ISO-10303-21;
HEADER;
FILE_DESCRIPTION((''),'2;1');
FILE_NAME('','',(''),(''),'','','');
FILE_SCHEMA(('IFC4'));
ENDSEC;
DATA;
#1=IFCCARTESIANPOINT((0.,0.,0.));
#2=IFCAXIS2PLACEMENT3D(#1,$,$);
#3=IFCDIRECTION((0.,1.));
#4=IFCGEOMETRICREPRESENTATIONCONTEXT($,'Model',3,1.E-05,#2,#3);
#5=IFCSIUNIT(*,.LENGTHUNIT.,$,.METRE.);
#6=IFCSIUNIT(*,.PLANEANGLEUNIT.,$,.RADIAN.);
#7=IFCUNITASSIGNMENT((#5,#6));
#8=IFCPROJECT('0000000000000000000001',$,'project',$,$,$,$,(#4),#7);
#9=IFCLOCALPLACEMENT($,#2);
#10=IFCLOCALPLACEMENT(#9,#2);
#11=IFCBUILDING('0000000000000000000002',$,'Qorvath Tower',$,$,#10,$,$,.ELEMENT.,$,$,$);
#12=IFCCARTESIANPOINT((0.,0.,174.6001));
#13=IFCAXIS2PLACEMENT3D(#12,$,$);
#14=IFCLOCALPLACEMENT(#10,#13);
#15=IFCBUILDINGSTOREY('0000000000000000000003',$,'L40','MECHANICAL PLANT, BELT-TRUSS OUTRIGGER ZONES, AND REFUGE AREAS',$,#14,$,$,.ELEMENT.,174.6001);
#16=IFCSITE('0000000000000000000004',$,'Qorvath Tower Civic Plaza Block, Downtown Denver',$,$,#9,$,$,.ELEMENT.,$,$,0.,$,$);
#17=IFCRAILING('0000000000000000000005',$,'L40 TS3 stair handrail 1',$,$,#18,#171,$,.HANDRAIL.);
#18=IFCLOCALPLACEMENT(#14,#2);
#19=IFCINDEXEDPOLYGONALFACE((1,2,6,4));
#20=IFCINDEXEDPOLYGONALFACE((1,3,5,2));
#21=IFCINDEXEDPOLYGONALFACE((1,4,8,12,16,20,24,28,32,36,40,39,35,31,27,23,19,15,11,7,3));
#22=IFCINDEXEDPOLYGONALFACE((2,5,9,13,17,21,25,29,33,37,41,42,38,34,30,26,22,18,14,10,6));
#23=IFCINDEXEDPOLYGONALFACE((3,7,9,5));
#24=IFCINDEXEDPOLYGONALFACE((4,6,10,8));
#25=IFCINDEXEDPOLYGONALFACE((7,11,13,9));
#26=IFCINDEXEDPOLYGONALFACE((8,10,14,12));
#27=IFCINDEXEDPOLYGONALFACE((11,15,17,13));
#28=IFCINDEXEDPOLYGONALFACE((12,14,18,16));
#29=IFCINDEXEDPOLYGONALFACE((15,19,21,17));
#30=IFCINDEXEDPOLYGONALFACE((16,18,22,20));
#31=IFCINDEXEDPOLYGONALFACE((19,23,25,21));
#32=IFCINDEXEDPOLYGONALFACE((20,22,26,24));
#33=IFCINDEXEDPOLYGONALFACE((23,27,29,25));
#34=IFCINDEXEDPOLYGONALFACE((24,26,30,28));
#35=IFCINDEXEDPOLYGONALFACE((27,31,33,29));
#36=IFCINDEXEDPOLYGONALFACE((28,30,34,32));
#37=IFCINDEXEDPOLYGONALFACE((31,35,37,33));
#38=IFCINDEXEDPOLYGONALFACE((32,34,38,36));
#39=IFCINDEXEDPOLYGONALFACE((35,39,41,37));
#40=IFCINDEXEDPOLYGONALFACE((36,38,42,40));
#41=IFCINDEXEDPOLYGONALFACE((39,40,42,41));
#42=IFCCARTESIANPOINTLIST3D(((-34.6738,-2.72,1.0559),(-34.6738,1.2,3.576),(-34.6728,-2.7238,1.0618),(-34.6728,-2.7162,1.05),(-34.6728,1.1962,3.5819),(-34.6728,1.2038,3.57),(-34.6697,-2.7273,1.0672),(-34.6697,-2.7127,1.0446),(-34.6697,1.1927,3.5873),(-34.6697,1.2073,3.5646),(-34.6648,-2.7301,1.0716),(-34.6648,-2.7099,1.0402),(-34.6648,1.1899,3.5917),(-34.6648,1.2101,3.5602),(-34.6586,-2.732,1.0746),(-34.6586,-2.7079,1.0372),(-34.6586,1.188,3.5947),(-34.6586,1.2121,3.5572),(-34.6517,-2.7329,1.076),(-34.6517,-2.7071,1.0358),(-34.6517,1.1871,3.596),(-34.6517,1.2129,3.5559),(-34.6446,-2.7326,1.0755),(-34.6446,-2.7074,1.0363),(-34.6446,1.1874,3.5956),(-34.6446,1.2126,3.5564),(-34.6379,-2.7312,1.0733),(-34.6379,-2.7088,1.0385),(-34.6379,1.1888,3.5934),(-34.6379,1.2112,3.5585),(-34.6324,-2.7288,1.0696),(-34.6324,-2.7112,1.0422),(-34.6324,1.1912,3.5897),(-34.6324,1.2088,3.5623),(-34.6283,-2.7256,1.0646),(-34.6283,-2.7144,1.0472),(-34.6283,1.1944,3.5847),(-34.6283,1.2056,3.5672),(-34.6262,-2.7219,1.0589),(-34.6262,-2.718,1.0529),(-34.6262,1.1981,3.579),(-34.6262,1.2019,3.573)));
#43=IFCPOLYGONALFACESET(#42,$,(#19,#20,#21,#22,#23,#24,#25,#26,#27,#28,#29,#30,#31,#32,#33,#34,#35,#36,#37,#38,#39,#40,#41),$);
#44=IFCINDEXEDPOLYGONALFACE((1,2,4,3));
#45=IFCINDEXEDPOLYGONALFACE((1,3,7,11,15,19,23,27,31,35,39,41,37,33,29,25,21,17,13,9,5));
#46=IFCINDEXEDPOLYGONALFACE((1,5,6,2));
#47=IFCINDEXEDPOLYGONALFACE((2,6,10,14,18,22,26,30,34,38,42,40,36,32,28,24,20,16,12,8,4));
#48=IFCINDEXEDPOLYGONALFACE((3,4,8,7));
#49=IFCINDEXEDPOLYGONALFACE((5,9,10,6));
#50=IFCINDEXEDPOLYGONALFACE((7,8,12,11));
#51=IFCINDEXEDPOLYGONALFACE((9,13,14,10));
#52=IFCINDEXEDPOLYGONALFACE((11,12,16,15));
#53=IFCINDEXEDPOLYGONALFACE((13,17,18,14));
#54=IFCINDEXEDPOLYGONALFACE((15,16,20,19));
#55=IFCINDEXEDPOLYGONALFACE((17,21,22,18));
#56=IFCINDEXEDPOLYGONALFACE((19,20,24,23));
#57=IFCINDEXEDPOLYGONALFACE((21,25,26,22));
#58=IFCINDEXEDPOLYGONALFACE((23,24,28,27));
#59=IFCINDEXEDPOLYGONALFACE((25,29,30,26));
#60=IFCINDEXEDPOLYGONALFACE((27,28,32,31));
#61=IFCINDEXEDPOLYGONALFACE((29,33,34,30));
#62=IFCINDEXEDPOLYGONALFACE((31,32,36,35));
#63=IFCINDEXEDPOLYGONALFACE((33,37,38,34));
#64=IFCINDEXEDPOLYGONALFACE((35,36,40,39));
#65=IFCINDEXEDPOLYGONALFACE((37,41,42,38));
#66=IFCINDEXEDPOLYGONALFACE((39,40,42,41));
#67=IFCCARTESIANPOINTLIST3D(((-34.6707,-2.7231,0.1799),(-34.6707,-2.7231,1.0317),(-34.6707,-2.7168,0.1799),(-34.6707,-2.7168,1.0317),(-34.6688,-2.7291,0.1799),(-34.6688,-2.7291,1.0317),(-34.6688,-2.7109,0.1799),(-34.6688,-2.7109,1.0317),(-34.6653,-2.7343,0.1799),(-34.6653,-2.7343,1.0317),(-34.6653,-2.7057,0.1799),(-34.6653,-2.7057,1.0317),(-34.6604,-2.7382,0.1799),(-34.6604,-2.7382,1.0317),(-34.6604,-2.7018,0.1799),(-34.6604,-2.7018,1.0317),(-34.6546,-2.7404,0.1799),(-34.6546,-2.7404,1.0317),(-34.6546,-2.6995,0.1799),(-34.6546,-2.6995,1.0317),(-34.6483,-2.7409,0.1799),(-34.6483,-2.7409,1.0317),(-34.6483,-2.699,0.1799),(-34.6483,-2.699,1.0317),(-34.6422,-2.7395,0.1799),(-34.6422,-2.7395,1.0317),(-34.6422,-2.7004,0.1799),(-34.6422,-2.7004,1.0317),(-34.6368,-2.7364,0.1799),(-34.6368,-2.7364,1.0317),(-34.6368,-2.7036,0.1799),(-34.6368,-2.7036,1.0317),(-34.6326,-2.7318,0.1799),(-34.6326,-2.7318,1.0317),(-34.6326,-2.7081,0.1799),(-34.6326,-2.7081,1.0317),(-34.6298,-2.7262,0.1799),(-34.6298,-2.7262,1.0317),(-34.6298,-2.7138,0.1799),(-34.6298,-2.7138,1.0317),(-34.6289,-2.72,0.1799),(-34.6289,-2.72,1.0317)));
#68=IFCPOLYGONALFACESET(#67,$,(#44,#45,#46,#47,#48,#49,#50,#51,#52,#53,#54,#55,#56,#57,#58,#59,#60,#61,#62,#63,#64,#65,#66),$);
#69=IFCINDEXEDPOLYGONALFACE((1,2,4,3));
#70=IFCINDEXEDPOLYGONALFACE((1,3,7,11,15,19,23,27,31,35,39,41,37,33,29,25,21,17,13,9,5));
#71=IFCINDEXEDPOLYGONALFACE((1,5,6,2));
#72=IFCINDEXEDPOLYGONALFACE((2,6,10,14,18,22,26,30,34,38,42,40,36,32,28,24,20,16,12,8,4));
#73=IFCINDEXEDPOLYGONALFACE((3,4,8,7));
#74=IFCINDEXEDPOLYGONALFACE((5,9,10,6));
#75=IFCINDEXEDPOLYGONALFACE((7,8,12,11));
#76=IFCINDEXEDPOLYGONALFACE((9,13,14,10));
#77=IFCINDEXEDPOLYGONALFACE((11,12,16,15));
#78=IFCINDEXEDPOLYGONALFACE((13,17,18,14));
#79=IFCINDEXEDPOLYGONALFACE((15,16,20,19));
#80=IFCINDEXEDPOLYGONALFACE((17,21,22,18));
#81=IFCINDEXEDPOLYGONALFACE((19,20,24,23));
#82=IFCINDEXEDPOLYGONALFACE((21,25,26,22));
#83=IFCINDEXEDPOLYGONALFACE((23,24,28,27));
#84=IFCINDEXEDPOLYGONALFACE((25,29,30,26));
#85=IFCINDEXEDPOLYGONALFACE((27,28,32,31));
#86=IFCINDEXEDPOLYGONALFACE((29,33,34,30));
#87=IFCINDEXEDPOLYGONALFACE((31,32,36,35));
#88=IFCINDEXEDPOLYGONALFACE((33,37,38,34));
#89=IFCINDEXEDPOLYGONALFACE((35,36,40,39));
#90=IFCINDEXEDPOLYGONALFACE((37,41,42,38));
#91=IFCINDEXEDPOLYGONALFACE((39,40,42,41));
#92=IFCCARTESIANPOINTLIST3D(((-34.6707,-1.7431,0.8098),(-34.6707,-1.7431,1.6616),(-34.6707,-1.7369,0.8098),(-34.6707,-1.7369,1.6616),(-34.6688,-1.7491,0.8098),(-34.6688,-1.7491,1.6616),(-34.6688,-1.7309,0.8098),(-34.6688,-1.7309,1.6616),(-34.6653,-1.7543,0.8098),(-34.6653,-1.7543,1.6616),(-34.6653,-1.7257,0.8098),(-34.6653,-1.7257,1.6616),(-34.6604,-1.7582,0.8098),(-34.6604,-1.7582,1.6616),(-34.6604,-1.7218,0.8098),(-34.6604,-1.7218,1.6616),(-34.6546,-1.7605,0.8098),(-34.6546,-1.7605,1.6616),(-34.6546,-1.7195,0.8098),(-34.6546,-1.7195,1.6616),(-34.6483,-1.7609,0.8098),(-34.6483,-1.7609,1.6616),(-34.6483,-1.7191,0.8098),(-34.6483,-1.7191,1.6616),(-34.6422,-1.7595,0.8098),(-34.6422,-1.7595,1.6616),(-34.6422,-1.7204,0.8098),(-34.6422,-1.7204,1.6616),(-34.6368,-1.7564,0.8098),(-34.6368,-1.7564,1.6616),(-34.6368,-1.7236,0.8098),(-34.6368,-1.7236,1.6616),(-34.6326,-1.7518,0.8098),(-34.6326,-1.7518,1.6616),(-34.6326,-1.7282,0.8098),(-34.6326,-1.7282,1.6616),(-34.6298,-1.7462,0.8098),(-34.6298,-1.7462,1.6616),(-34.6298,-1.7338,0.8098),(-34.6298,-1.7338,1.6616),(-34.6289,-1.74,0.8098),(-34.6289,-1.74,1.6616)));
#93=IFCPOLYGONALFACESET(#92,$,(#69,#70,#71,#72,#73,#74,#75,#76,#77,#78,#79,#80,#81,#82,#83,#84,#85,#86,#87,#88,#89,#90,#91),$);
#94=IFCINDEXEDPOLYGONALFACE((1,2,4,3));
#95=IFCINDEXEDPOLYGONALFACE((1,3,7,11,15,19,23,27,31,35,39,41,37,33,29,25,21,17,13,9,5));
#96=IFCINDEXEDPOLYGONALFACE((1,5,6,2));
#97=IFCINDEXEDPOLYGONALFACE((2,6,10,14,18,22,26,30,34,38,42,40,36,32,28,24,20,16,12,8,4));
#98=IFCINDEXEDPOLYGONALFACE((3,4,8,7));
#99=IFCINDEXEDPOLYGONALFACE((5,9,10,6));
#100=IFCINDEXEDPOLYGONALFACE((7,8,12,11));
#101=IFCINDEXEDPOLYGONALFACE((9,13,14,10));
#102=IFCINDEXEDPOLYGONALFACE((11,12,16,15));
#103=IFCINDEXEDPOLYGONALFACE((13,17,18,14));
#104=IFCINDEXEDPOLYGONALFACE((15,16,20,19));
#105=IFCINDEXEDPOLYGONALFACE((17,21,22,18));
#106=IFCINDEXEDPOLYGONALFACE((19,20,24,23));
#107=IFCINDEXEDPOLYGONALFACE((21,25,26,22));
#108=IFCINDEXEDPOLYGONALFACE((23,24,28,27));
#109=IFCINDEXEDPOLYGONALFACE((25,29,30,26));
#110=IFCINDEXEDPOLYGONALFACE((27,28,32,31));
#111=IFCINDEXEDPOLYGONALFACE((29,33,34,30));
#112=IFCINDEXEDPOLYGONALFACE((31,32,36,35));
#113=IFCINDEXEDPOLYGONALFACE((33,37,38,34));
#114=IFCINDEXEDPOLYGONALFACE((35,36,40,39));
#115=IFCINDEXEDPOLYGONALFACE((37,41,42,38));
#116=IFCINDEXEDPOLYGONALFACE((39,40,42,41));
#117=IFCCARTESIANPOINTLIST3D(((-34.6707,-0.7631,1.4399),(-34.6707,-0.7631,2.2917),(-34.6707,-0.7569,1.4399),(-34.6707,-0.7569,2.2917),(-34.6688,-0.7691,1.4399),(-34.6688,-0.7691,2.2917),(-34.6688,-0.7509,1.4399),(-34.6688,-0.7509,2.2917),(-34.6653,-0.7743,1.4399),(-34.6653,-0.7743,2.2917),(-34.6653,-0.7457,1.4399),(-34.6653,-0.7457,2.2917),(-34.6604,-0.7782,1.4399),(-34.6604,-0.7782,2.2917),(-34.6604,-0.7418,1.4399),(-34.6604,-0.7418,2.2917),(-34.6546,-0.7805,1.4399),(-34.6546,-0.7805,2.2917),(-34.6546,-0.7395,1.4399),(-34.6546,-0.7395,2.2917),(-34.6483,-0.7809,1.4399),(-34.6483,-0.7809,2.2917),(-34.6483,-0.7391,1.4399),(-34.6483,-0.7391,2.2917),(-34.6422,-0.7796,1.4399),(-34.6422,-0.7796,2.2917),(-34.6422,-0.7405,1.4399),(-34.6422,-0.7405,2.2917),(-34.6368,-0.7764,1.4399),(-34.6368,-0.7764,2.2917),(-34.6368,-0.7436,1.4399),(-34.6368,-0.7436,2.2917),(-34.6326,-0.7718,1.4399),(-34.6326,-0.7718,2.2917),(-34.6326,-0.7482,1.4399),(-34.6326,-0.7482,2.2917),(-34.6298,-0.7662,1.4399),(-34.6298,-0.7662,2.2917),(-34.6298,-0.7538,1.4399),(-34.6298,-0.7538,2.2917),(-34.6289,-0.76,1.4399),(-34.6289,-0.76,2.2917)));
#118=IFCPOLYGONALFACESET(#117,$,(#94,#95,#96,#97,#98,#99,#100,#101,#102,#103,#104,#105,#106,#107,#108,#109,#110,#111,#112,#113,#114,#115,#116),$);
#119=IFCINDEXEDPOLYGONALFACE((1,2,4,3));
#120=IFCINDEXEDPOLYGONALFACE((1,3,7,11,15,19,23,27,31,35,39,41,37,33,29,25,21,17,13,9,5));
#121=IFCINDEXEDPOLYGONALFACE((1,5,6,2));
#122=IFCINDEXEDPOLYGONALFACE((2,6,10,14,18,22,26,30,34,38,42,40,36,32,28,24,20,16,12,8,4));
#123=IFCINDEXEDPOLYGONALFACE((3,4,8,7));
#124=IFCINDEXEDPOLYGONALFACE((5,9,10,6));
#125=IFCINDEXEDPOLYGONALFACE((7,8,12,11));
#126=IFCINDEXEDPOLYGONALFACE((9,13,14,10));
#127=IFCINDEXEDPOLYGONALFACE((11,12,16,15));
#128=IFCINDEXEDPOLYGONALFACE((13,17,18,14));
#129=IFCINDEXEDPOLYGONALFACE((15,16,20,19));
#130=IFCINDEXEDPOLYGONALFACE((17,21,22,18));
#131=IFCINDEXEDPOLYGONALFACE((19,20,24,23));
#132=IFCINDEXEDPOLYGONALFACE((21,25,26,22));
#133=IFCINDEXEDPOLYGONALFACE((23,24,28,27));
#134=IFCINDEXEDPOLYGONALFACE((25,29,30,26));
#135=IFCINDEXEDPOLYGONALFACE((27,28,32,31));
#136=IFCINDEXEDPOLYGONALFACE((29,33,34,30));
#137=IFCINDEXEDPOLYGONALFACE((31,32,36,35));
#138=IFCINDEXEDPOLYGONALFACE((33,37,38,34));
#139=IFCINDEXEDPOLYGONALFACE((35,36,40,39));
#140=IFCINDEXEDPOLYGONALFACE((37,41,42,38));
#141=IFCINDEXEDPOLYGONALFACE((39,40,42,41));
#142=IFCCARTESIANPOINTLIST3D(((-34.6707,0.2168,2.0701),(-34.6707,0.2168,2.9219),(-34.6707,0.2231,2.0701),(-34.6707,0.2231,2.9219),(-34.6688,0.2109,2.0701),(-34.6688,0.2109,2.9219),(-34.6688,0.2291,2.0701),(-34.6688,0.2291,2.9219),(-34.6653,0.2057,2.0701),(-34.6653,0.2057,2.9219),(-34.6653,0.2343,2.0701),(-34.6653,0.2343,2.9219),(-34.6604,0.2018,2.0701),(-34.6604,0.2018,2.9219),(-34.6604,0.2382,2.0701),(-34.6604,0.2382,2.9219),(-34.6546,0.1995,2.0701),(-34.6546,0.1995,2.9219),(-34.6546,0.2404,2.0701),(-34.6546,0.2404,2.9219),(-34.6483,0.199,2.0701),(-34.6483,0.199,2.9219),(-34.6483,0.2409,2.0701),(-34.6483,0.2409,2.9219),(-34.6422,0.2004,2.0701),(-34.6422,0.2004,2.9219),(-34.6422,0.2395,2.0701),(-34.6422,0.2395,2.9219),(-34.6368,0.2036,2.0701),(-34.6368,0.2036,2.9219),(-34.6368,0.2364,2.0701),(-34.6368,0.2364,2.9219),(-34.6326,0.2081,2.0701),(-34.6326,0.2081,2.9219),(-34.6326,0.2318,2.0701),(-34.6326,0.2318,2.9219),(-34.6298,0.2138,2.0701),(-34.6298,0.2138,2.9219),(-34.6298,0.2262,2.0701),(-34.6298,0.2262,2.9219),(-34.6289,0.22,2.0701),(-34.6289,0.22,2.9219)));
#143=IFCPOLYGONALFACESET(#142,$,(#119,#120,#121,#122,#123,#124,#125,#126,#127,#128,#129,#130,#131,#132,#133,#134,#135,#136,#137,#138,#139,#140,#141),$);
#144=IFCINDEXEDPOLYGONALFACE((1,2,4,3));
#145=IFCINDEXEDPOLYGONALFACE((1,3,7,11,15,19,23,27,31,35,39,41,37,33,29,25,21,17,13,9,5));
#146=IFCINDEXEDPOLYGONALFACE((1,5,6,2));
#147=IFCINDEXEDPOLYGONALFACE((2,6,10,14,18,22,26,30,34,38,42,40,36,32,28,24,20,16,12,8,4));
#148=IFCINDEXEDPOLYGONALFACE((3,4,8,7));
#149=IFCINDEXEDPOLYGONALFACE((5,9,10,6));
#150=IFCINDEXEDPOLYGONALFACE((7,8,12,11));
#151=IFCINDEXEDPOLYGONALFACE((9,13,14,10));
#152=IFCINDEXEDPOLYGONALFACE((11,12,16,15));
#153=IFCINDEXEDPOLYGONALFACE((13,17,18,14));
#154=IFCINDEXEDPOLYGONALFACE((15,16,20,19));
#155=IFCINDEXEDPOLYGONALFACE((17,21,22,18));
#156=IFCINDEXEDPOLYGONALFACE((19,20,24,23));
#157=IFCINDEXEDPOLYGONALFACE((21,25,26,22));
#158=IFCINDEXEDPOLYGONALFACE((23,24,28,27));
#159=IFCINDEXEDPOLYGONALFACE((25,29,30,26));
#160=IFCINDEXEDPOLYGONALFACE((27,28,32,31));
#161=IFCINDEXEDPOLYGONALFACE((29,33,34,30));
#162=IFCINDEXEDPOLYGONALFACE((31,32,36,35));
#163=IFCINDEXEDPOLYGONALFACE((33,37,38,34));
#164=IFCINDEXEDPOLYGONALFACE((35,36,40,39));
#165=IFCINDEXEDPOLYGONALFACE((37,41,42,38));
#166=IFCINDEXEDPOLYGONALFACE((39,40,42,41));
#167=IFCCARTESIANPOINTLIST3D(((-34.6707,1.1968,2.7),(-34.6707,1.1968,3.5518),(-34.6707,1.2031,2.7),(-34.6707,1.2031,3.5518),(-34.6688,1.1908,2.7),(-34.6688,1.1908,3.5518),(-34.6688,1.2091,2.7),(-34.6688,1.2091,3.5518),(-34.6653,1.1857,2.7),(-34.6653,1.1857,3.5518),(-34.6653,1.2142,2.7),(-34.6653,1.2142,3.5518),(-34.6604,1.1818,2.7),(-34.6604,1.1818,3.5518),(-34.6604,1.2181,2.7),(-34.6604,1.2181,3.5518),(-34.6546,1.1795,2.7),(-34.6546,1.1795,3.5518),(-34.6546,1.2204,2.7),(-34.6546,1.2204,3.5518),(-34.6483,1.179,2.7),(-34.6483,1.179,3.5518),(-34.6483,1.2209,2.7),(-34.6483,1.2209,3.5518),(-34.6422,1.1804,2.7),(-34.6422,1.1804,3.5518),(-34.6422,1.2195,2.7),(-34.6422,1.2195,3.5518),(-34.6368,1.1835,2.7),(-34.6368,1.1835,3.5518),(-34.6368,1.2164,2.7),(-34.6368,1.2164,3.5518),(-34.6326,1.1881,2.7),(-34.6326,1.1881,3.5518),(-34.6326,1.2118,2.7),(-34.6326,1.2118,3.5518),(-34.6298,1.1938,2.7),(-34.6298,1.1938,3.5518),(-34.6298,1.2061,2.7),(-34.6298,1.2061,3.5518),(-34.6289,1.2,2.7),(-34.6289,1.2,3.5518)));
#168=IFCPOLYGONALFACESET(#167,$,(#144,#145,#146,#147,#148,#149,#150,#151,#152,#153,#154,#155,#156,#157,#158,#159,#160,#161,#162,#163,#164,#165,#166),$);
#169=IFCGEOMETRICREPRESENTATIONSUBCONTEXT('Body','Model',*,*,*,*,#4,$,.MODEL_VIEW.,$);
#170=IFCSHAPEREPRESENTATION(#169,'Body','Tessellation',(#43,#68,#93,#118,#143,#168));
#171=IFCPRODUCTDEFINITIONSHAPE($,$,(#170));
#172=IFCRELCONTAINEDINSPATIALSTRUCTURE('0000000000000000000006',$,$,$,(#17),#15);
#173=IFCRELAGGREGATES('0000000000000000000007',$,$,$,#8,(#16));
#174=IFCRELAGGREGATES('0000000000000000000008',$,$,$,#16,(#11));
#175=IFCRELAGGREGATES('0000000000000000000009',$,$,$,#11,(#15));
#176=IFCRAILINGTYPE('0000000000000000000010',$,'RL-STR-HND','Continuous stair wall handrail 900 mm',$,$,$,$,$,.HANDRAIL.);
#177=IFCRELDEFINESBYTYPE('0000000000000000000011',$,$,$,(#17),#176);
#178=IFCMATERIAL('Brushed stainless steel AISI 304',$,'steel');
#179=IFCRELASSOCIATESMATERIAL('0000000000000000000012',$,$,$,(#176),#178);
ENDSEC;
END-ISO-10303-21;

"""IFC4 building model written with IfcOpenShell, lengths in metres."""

from ifc_helpers import new_model, si_unit, direction, frame, origin, origin_2d, place, context, subcontext, project, spatial, circle, extrude, material, type_object, element, save


model = new_model("IFC4")

# Units and contexts
model_context = context("Model", 3, precision=1e-05, world=origin(), true_north=direction((0.0, 1.0)))
body_context = subcontext(model_context, "Body", "Model", "MODEL_VIEW")
ifc_project = project(units=[si_unit("LENGTHUNIT", "METRE"), si_unit("PLANEANGLEUNIT", "RADIAN")], contexts=[model_context])

# Site, building, storey
site_placement = place(None, origin())
site = spatial("IfcSite", under=ifc_project, at=site_placement, Name="Qorvath Tower Civic Plaza Block, Downtown Denver", CompositionType="ELEMENT", RefElevation=0.0)
building_placement = place(site_placement, origin())
building = spatial("IfcBuilding", under=site, at=building_placement, Name="Qorvath Tower", CompositionType="ELEMENT")
storey_placement = place(building_placement, frame((0.0, 0.0, 174.6001)))
storey = spatial("IfcBuildingStorey", under=building, at=storey_placement, Name="L40", Description="MECHANICAL PLANT, BELT-TRUSS OUTRIGGER ZONES, AND REFUGE AREAS", CompositionType="ELEMENT", Elevation=174.6001)

# Railing
ifc_material_1 = material(Name="Brushed stainless steel AISI 304", Category="steel")
railing_type_1 = type_object("IfcRailingType", Name="RL-STR-HND", Description="Continuous stair wall handrail 900 mm", PredefinedType="HANDRAIL", material=ifc_material_1)
railing_1_placement = place(storey_placement, frame((-34.6499, -2.72, 0.1799)))
element("IfcRailing", 1, at=railing_1_placement, inside=storey, type_object=railing_type_1, Name="L40 TS3 stair handrail 1", PredefinedType="HANDRAIL", context=body_context, shape_type="SweptSolid", body=[
    extrude(circle(Radius=0.0239, at=origin_2d()), frame((0.0, 0.0, 0.876), z_axis=(0.0, 0.841172, 0.540768), x_axis=(-1.0, 0.0, 0.0)), (0.0, 0.0, 1.0), 4.6602),
    extrude(circle(Radius=0.021, at=origin_2d()), origin(), (0.0, 0.0, 1.0), 0.8518),
    extrude(circle(Radius=0.021, at=origin_2d()), frame((0.0, 0.98, 0.6299)), (0.0, 0.0, 1.0), 0.8518),
    extrude(circle(Radius=0.021, at=origin_2d()), frame((0.0, 1.96, 1.26)), (0.0, 0.0, 1.0), 0.8518),
    extrude(circle(Radius=0.021, at=origin_2d()), frame((0.0, 2.9399, 1.8901)), (0.0, 0.0, 1.0), 0.8518),
    extrude(circle(Radius=0.021, at=origin_2d()), frame((0.0, 3.9199, 2.52)), (0.0, 0.0, 1.0), 0.8518),
])

save(model, "model.ifc")
